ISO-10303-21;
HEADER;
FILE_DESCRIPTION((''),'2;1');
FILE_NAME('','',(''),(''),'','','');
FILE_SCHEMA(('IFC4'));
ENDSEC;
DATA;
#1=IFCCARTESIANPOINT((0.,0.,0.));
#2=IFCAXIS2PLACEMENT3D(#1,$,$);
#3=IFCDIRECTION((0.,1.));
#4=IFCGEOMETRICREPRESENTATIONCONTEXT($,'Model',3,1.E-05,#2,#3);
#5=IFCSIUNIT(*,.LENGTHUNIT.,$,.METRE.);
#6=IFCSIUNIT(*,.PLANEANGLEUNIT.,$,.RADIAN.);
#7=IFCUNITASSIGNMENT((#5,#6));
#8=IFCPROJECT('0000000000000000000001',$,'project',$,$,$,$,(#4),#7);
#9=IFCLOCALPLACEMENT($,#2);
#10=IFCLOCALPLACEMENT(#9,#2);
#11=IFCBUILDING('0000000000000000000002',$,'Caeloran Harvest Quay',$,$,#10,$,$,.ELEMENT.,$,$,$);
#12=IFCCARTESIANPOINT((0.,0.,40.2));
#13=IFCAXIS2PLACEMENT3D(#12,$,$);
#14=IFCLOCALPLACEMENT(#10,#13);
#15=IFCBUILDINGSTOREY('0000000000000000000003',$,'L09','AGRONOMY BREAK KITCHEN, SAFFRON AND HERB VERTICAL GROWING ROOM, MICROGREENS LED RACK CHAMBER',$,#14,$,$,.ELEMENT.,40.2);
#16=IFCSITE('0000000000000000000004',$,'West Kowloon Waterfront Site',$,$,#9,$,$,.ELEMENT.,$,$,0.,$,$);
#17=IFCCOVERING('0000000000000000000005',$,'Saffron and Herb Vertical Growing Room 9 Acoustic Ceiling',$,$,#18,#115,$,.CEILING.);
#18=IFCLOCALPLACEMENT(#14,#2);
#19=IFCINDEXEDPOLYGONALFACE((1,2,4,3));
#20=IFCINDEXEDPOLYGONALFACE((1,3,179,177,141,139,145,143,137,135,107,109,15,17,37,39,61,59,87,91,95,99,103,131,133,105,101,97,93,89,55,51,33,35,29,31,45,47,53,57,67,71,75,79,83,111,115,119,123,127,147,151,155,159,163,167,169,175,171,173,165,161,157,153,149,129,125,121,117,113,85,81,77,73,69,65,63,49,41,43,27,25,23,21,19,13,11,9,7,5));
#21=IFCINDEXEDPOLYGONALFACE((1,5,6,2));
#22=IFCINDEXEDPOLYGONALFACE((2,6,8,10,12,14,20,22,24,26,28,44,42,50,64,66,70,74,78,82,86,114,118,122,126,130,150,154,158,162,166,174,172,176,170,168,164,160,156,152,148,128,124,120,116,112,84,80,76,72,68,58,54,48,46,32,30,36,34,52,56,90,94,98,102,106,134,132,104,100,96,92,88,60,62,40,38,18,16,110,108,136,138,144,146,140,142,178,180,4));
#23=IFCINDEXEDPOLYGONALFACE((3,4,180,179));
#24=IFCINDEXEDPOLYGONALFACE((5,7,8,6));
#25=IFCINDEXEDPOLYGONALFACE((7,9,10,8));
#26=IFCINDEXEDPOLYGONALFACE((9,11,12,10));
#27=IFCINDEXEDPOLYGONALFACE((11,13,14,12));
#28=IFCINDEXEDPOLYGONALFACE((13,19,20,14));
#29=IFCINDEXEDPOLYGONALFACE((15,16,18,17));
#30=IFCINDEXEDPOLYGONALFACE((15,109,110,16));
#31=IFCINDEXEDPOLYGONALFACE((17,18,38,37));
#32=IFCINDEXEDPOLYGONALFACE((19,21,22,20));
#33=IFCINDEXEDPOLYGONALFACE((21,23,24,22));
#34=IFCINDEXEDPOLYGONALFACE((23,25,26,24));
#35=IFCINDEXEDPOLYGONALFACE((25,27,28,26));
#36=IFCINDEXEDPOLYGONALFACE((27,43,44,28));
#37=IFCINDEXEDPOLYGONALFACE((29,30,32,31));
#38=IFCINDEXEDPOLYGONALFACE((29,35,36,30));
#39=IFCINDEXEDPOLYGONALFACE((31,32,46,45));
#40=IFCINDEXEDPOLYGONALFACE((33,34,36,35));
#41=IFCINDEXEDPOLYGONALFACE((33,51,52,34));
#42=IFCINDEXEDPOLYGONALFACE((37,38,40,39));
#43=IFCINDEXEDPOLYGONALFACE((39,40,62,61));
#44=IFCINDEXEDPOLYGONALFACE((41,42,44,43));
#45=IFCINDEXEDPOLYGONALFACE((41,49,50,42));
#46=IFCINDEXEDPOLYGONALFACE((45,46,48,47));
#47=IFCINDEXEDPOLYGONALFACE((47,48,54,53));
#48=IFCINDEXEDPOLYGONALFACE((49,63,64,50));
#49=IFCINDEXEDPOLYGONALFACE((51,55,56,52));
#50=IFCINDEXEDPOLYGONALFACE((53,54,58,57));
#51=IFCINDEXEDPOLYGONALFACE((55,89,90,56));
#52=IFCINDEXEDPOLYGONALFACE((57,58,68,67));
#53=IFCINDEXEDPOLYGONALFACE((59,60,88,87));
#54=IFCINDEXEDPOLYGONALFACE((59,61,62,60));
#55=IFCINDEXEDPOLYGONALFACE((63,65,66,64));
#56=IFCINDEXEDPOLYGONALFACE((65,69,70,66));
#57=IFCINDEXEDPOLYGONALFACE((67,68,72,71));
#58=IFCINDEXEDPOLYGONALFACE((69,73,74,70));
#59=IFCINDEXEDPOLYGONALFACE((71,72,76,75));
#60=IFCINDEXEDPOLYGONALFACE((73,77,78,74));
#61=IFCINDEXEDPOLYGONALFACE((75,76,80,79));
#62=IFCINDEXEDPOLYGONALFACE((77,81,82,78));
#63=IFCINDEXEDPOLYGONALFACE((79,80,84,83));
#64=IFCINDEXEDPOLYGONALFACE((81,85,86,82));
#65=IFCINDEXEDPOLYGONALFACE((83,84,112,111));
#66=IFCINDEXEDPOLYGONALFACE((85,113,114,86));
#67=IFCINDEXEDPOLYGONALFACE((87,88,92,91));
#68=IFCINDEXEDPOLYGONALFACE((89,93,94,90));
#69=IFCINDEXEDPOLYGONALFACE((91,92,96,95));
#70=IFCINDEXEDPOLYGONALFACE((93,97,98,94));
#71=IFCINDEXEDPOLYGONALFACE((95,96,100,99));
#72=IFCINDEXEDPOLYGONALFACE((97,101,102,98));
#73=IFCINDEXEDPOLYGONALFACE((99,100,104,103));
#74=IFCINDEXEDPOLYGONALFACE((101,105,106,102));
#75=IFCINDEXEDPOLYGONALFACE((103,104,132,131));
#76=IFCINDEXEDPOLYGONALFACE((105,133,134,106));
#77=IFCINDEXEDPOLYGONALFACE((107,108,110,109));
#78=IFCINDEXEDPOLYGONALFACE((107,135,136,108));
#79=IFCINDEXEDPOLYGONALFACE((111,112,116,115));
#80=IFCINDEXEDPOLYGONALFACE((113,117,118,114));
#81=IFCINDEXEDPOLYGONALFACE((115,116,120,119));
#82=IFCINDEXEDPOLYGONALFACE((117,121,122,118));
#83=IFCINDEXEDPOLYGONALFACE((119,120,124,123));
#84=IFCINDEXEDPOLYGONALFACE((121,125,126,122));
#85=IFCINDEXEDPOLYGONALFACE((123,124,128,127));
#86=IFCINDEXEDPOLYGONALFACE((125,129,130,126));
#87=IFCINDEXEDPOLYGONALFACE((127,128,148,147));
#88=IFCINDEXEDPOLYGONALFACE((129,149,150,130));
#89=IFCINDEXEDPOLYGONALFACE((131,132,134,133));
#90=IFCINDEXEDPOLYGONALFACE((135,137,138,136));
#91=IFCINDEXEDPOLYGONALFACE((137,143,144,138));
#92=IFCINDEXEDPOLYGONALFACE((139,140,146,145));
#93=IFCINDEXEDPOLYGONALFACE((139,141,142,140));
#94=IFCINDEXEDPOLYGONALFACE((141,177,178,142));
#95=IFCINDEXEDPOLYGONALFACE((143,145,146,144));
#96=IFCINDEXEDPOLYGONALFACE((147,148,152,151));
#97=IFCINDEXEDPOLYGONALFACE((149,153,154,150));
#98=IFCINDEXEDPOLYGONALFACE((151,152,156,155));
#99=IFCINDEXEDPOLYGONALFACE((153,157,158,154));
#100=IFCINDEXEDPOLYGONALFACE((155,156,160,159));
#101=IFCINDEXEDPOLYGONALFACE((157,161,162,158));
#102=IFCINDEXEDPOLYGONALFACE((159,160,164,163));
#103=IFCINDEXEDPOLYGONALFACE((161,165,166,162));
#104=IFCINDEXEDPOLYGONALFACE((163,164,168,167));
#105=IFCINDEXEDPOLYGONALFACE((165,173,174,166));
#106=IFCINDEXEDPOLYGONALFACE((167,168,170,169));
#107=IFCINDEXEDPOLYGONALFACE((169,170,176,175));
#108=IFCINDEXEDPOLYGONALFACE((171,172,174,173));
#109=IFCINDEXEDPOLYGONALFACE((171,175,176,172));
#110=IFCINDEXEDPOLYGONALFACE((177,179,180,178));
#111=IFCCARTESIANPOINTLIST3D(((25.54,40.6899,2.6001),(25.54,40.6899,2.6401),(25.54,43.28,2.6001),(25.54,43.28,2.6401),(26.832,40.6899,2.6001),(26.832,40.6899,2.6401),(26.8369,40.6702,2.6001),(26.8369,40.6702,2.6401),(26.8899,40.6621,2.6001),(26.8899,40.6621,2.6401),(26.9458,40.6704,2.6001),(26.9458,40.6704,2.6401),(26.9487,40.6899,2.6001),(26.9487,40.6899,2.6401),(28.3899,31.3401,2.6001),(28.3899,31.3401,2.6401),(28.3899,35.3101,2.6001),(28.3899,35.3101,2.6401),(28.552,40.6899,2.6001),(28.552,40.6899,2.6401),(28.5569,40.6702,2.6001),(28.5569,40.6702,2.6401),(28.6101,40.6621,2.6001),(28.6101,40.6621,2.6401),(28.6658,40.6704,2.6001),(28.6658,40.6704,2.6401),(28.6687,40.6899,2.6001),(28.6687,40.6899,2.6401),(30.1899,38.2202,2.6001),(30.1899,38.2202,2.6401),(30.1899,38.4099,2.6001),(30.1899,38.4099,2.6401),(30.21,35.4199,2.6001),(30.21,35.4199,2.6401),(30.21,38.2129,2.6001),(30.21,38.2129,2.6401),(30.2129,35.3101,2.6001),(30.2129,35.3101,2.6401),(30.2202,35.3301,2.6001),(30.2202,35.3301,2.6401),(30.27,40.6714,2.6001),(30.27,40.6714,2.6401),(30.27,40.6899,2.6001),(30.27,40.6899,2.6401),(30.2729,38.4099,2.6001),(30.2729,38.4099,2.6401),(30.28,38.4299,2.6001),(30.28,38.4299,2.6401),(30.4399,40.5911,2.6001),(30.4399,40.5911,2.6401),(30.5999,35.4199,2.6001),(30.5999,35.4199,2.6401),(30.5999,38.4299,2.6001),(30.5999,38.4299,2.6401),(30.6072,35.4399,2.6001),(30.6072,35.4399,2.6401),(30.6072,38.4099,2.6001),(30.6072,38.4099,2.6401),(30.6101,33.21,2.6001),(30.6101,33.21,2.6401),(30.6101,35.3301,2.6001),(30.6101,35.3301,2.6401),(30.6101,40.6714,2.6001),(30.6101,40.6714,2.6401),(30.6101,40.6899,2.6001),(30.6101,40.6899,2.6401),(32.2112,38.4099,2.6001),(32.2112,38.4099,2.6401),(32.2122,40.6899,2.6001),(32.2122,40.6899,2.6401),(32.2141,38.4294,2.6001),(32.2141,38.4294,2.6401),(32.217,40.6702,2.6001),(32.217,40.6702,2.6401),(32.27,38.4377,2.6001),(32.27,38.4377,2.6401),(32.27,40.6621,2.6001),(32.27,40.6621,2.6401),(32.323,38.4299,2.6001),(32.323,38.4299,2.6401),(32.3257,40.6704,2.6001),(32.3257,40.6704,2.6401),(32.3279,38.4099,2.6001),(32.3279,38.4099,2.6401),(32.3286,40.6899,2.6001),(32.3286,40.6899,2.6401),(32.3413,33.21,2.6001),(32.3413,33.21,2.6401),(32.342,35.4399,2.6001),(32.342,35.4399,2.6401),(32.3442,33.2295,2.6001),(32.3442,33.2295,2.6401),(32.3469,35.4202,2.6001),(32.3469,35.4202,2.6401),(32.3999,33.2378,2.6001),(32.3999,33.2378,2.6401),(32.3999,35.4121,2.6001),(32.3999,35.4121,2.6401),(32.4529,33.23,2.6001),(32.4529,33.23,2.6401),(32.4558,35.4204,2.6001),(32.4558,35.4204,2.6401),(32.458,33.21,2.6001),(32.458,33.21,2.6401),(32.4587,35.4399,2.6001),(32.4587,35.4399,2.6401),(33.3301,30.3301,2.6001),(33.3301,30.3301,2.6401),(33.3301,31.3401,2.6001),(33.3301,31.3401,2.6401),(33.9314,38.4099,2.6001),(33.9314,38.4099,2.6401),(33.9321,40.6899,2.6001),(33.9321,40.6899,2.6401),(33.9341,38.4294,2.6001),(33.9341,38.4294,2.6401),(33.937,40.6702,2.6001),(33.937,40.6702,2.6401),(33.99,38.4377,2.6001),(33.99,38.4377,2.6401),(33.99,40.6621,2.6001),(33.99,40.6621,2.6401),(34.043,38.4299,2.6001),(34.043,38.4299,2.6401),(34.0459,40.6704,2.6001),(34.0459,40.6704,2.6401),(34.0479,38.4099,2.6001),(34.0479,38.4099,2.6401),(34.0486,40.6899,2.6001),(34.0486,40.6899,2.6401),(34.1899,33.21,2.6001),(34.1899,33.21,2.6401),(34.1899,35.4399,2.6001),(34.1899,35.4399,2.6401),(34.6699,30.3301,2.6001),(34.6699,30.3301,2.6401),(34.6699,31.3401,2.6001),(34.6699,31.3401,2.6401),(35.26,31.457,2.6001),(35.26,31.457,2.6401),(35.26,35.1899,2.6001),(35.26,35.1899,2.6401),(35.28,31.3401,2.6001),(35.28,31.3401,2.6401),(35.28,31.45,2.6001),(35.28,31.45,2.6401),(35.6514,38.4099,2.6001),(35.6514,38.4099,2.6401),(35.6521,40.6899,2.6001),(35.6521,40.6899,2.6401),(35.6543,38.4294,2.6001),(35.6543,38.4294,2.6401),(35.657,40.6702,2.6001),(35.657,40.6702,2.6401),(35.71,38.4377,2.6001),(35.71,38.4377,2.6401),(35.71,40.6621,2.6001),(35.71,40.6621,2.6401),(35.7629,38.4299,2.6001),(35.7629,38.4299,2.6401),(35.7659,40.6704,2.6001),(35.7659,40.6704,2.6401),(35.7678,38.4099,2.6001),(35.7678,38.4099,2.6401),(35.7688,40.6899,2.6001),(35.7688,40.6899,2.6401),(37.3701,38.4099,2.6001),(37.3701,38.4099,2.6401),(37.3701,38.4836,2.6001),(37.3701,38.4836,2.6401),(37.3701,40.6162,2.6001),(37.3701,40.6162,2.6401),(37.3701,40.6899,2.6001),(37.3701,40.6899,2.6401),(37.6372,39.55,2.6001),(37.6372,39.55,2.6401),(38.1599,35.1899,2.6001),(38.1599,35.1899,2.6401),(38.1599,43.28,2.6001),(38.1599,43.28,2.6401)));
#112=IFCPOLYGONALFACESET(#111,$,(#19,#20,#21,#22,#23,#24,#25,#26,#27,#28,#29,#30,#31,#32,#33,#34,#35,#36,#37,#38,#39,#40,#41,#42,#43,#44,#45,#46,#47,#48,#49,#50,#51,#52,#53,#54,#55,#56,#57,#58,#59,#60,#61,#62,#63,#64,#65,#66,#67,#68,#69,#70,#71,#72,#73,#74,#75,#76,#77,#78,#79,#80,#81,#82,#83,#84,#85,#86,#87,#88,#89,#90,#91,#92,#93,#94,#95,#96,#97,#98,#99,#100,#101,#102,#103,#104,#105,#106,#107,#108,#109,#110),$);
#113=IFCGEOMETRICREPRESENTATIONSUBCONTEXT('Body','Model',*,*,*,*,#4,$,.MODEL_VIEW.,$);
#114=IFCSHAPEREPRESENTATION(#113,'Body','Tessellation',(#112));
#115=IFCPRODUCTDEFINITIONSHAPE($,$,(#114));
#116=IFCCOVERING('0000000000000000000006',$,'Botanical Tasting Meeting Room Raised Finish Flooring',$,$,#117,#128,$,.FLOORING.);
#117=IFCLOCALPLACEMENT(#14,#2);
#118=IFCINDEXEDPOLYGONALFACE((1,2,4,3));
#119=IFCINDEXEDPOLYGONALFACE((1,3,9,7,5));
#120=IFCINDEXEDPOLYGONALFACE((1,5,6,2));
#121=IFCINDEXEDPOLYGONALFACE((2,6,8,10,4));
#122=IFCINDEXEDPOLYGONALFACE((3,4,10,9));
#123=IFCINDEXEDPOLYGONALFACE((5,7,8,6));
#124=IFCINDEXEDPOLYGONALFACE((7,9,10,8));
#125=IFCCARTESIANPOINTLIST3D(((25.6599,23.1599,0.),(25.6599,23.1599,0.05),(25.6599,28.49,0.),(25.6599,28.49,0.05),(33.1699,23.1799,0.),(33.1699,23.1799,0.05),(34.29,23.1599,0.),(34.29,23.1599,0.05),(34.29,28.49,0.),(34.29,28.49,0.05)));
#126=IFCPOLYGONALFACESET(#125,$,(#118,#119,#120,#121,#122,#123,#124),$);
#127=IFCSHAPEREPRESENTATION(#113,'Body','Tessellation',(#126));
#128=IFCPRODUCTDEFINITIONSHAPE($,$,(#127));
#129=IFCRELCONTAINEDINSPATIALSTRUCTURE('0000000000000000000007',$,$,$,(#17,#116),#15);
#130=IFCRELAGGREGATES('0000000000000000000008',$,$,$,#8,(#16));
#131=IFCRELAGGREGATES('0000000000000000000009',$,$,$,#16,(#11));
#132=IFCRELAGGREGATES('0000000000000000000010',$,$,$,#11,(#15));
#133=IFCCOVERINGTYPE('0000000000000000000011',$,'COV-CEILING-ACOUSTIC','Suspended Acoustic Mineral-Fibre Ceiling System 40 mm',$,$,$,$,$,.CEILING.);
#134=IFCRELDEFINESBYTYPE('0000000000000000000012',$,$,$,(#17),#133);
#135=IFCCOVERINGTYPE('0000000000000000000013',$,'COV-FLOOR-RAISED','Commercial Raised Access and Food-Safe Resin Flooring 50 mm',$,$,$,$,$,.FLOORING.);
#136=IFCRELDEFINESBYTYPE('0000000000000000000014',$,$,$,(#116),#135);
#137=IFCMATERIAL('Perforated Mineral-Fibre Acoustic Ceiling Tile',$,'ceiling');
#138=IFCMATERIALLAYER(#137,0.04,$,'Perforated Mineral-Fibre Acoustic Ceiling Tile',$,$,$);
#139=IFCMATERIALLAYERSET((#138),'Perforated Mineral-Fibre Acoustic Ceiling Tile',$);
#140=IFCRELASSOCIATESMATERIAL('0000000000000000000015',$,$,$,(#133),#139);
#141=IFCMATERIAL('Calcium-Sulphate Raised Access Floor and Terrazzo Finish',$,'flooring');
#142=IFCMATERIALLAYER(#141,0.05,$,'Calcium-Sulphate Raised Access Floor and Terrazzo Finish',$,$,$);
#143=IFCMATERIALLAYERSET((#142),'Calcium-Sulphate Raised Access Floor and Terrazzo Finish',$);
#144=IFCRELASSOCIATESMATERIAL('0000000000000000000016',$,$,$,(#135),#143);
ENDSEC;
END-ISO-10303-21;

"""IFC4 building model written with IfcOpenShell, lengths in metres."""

from ifc_helpers import new_model, si_unit, direction, frame, origin, place, context, subcontext, project, spatial, polyline, outline, extrude, material, layer, layer_set, type_object, element, save


model = new_model("IFC4")

# Units and contexts
model_context = context("Model", 3, precision=1e-05, world=origin(), true_north=direction((0.0, 1.0)))
body_context = subcontext(model_context, "Body", "Model", "MODEL_VIEW")
ifc_project = project(units=[si_unit("LENGTHUNIT", "METRE"), si_unit("PLANEANGLEUNIT", "RADIAN")], contexts=[model_context])

# Site, building, storey
site_placement = place(None, origin())
site = spatial("IfcSite", under=ifc_project, at=site_placement, Name="West Kowloon Waterfront Site", CompositionType="ELEMENT", RefElevation=0.0)
building_placement = place(site_placement, origin())
building = spatial("IfcBuilding", under=site, at=building_placement, Name="Caeloran Harvest Quay", CompositionType="ELEMENT")
storey_placement = place(building_placement, frame((0.0, 0.0, 40.2)))
storey = spatial("IfcBuildingStorey", under=building, at=storey_placement, Name="L09", Description="AGRONOMY BREAK KITCHEN, SAFFRON AND HERB VERTICAL GROWING ROOM, MICROGREENS LED RACK CHAMBER", CompositionType="ELEMENT", Elevation=40.2)

# Coverings
ifc_material_1 = material(Name="Perforated Mineral-Fibre Acoustic Ceiling Tile", Category="ceiling")
ifc_layer_1 = layer(ifc_material_1, 0.04, Name="Perforated Mineral-Fibre Acoustic Ceiling Tile")
ifc_layer_set_1 = layer_set([ifc_layer_1], Name="Perforated Mineral-Fibre Acoustic Ceiling Tile")
covering_type_1 = type_object("IfcCoveringType", Name="COV-CEILING-ACOUSTIC", Description="Suspended Acoustic Mineral-Fibre Ceiling System 40 mm", PredefinedType="CEILING", material=ifc_layer_set_1)
covering_1_placement = place(storey_placement, frame((0.0, 0.0, 2.6001)))
element("IfcCovering", 1, at=covering_1_placement, inside=storey, type_object=covering_type_1, Name="Saffron and Herb Vertical Growing Room 9 Acoustic Ceiling", PredefinedType="CEILING", context=body_context, shape_type="SweptSolid", body=[
    extrude(outline(polyline([(34.6699, 30.3301), (33.3301, 30.3301), (33.3301, 31.3401), (28.3899, 31.3401), (28.3899, 35.3101), (30.2129, 35.3101), (30.2202, 35.3301), (30.6101, 35.3301), (30.6101, 33.21), (32.3413, 33.21), (32.3442, 33.2295), (32.3999, 33.2378), (32.4529, 33.23), (32.458, 33.21), (34.1899, 33.21), (34.1899, 35.4399), (32.4587, 35.4399), (32.4558, 35.4204), (32.3999, 35.4121), (32.3469, 35.4202), (32.342, 35.4399), (30.6072, 35.4399), (30.5999, 35.4199), (30.21, 35.4199), (30.21, 38.2129), (30.1899, 38.2202), (30.1899, 38.4099), (30.2729, 38.4099), (30.28, 38.4299), (30.5999, 38.4299), (30.6072, 38.4099), (32.2112, 38.4099), (32.2141, 38.4294), (32.27, 38.4377), (32.323, 38.4299), (32.3279, 38.4099), (33.9314, 38.4099), (33.9341, 38.4294), (33.99, 38.4377), (34.043, 38.4299), (34.0479, 38.4099), (35.6514, 38.4099), (35.6543, 38.4294), (35.71, 38.4377), (35.7629, 38.4299), (35.7678, 38.4099), (37.3701, 38.4099), (37.3701, 38.4836), (37.6372, 39.55), (37.3701, 40.6162), (37.3701, 40.6899), (35.7688, 40.6899), (35.7659, 40.6704), (35.71, 40.6621), (35.657, 40.6702), (35.6521, 40.6899), (34.0486, 40.6899), (34.0459, 40.6704), (33.99, 40.6621), (33.937, 40.6702), (33.9321, 40.6899), (32.3286, 40.6899), (32.3257, 40.6704), (32.27, 40.6621), (32.217, 40.6702), (32.2122, 40.6899), (30.6101, 40.6899), (30.6101, 40.6714), (30.4399, 40.5911), (30.27, 40.6714), (30.27, 40.6899), (28.6687, 40.6899), (28.6658, 40.6704), (28.6101, 40.6621), (28.5569, 40.6702), (28.552, 40.6899), (26.9487, 40.6899), (26.9458, 40.6704), (26.8899, 40.6621), (26.8369, 40.6702), (26.832, 40.6899), (25.54, 40.6899), (25.54, 43.28), (38.1599, 43.28), (38.1599, 35.1899), (35.26, 35.1899), (35.26, 31.457), (35.28, 31.45), (35.28, 31.3401), (34.6699, 31.3401), (34.6699, 30.3301)])), origin(), (0.0, 0.0, 1.0), 0.04),
])
ifc_material_2 = material(Name="Calcium-Sulphate Raised Access Floor and Terrazzo Finish", Category="flooring")
ifc_layer_2 = layer(ifc_material_2, 0.05, Name="Calcium-Sulphate Raised Access Floor and Terrazzo Finish")
ifc_layer_set_2 = layer_set([ifc_layer_2], Name="Calcium-Sulphate Raised Access Floor and Terrazzo Finish")
covering_type_2 = type_object("IfcCoveringType", Name="COV-FLOOR-RAISED", Description="Commercial Raised Access and Food-Safe Resin Flooring 50 mm", PredefinedType="FLOORING", material=ifc_layer_set_2)
covering_2_placement = place(storey_placement, origin())
element("IfcCovering", 2, at=covering_2_placement, inside=storey, type_object=covering_type_2, Name="Botanical Tasting Meeting Room Raised Finish Flooring", PredefinedType="FLOORING", context=body_context, shape_type="SweptSolid", body=[
    extrude(outline(polyline([(33.1699, 23.1799), (25.6599, 23.1599), (25.6599, 28.49), (34.29, 28.49), (34.29, 23.1599), (33.1699, 23.1799)])), origin(), (0.0, 0.0, 1.0), 0.05),
])

save(model, "model.ifc")
